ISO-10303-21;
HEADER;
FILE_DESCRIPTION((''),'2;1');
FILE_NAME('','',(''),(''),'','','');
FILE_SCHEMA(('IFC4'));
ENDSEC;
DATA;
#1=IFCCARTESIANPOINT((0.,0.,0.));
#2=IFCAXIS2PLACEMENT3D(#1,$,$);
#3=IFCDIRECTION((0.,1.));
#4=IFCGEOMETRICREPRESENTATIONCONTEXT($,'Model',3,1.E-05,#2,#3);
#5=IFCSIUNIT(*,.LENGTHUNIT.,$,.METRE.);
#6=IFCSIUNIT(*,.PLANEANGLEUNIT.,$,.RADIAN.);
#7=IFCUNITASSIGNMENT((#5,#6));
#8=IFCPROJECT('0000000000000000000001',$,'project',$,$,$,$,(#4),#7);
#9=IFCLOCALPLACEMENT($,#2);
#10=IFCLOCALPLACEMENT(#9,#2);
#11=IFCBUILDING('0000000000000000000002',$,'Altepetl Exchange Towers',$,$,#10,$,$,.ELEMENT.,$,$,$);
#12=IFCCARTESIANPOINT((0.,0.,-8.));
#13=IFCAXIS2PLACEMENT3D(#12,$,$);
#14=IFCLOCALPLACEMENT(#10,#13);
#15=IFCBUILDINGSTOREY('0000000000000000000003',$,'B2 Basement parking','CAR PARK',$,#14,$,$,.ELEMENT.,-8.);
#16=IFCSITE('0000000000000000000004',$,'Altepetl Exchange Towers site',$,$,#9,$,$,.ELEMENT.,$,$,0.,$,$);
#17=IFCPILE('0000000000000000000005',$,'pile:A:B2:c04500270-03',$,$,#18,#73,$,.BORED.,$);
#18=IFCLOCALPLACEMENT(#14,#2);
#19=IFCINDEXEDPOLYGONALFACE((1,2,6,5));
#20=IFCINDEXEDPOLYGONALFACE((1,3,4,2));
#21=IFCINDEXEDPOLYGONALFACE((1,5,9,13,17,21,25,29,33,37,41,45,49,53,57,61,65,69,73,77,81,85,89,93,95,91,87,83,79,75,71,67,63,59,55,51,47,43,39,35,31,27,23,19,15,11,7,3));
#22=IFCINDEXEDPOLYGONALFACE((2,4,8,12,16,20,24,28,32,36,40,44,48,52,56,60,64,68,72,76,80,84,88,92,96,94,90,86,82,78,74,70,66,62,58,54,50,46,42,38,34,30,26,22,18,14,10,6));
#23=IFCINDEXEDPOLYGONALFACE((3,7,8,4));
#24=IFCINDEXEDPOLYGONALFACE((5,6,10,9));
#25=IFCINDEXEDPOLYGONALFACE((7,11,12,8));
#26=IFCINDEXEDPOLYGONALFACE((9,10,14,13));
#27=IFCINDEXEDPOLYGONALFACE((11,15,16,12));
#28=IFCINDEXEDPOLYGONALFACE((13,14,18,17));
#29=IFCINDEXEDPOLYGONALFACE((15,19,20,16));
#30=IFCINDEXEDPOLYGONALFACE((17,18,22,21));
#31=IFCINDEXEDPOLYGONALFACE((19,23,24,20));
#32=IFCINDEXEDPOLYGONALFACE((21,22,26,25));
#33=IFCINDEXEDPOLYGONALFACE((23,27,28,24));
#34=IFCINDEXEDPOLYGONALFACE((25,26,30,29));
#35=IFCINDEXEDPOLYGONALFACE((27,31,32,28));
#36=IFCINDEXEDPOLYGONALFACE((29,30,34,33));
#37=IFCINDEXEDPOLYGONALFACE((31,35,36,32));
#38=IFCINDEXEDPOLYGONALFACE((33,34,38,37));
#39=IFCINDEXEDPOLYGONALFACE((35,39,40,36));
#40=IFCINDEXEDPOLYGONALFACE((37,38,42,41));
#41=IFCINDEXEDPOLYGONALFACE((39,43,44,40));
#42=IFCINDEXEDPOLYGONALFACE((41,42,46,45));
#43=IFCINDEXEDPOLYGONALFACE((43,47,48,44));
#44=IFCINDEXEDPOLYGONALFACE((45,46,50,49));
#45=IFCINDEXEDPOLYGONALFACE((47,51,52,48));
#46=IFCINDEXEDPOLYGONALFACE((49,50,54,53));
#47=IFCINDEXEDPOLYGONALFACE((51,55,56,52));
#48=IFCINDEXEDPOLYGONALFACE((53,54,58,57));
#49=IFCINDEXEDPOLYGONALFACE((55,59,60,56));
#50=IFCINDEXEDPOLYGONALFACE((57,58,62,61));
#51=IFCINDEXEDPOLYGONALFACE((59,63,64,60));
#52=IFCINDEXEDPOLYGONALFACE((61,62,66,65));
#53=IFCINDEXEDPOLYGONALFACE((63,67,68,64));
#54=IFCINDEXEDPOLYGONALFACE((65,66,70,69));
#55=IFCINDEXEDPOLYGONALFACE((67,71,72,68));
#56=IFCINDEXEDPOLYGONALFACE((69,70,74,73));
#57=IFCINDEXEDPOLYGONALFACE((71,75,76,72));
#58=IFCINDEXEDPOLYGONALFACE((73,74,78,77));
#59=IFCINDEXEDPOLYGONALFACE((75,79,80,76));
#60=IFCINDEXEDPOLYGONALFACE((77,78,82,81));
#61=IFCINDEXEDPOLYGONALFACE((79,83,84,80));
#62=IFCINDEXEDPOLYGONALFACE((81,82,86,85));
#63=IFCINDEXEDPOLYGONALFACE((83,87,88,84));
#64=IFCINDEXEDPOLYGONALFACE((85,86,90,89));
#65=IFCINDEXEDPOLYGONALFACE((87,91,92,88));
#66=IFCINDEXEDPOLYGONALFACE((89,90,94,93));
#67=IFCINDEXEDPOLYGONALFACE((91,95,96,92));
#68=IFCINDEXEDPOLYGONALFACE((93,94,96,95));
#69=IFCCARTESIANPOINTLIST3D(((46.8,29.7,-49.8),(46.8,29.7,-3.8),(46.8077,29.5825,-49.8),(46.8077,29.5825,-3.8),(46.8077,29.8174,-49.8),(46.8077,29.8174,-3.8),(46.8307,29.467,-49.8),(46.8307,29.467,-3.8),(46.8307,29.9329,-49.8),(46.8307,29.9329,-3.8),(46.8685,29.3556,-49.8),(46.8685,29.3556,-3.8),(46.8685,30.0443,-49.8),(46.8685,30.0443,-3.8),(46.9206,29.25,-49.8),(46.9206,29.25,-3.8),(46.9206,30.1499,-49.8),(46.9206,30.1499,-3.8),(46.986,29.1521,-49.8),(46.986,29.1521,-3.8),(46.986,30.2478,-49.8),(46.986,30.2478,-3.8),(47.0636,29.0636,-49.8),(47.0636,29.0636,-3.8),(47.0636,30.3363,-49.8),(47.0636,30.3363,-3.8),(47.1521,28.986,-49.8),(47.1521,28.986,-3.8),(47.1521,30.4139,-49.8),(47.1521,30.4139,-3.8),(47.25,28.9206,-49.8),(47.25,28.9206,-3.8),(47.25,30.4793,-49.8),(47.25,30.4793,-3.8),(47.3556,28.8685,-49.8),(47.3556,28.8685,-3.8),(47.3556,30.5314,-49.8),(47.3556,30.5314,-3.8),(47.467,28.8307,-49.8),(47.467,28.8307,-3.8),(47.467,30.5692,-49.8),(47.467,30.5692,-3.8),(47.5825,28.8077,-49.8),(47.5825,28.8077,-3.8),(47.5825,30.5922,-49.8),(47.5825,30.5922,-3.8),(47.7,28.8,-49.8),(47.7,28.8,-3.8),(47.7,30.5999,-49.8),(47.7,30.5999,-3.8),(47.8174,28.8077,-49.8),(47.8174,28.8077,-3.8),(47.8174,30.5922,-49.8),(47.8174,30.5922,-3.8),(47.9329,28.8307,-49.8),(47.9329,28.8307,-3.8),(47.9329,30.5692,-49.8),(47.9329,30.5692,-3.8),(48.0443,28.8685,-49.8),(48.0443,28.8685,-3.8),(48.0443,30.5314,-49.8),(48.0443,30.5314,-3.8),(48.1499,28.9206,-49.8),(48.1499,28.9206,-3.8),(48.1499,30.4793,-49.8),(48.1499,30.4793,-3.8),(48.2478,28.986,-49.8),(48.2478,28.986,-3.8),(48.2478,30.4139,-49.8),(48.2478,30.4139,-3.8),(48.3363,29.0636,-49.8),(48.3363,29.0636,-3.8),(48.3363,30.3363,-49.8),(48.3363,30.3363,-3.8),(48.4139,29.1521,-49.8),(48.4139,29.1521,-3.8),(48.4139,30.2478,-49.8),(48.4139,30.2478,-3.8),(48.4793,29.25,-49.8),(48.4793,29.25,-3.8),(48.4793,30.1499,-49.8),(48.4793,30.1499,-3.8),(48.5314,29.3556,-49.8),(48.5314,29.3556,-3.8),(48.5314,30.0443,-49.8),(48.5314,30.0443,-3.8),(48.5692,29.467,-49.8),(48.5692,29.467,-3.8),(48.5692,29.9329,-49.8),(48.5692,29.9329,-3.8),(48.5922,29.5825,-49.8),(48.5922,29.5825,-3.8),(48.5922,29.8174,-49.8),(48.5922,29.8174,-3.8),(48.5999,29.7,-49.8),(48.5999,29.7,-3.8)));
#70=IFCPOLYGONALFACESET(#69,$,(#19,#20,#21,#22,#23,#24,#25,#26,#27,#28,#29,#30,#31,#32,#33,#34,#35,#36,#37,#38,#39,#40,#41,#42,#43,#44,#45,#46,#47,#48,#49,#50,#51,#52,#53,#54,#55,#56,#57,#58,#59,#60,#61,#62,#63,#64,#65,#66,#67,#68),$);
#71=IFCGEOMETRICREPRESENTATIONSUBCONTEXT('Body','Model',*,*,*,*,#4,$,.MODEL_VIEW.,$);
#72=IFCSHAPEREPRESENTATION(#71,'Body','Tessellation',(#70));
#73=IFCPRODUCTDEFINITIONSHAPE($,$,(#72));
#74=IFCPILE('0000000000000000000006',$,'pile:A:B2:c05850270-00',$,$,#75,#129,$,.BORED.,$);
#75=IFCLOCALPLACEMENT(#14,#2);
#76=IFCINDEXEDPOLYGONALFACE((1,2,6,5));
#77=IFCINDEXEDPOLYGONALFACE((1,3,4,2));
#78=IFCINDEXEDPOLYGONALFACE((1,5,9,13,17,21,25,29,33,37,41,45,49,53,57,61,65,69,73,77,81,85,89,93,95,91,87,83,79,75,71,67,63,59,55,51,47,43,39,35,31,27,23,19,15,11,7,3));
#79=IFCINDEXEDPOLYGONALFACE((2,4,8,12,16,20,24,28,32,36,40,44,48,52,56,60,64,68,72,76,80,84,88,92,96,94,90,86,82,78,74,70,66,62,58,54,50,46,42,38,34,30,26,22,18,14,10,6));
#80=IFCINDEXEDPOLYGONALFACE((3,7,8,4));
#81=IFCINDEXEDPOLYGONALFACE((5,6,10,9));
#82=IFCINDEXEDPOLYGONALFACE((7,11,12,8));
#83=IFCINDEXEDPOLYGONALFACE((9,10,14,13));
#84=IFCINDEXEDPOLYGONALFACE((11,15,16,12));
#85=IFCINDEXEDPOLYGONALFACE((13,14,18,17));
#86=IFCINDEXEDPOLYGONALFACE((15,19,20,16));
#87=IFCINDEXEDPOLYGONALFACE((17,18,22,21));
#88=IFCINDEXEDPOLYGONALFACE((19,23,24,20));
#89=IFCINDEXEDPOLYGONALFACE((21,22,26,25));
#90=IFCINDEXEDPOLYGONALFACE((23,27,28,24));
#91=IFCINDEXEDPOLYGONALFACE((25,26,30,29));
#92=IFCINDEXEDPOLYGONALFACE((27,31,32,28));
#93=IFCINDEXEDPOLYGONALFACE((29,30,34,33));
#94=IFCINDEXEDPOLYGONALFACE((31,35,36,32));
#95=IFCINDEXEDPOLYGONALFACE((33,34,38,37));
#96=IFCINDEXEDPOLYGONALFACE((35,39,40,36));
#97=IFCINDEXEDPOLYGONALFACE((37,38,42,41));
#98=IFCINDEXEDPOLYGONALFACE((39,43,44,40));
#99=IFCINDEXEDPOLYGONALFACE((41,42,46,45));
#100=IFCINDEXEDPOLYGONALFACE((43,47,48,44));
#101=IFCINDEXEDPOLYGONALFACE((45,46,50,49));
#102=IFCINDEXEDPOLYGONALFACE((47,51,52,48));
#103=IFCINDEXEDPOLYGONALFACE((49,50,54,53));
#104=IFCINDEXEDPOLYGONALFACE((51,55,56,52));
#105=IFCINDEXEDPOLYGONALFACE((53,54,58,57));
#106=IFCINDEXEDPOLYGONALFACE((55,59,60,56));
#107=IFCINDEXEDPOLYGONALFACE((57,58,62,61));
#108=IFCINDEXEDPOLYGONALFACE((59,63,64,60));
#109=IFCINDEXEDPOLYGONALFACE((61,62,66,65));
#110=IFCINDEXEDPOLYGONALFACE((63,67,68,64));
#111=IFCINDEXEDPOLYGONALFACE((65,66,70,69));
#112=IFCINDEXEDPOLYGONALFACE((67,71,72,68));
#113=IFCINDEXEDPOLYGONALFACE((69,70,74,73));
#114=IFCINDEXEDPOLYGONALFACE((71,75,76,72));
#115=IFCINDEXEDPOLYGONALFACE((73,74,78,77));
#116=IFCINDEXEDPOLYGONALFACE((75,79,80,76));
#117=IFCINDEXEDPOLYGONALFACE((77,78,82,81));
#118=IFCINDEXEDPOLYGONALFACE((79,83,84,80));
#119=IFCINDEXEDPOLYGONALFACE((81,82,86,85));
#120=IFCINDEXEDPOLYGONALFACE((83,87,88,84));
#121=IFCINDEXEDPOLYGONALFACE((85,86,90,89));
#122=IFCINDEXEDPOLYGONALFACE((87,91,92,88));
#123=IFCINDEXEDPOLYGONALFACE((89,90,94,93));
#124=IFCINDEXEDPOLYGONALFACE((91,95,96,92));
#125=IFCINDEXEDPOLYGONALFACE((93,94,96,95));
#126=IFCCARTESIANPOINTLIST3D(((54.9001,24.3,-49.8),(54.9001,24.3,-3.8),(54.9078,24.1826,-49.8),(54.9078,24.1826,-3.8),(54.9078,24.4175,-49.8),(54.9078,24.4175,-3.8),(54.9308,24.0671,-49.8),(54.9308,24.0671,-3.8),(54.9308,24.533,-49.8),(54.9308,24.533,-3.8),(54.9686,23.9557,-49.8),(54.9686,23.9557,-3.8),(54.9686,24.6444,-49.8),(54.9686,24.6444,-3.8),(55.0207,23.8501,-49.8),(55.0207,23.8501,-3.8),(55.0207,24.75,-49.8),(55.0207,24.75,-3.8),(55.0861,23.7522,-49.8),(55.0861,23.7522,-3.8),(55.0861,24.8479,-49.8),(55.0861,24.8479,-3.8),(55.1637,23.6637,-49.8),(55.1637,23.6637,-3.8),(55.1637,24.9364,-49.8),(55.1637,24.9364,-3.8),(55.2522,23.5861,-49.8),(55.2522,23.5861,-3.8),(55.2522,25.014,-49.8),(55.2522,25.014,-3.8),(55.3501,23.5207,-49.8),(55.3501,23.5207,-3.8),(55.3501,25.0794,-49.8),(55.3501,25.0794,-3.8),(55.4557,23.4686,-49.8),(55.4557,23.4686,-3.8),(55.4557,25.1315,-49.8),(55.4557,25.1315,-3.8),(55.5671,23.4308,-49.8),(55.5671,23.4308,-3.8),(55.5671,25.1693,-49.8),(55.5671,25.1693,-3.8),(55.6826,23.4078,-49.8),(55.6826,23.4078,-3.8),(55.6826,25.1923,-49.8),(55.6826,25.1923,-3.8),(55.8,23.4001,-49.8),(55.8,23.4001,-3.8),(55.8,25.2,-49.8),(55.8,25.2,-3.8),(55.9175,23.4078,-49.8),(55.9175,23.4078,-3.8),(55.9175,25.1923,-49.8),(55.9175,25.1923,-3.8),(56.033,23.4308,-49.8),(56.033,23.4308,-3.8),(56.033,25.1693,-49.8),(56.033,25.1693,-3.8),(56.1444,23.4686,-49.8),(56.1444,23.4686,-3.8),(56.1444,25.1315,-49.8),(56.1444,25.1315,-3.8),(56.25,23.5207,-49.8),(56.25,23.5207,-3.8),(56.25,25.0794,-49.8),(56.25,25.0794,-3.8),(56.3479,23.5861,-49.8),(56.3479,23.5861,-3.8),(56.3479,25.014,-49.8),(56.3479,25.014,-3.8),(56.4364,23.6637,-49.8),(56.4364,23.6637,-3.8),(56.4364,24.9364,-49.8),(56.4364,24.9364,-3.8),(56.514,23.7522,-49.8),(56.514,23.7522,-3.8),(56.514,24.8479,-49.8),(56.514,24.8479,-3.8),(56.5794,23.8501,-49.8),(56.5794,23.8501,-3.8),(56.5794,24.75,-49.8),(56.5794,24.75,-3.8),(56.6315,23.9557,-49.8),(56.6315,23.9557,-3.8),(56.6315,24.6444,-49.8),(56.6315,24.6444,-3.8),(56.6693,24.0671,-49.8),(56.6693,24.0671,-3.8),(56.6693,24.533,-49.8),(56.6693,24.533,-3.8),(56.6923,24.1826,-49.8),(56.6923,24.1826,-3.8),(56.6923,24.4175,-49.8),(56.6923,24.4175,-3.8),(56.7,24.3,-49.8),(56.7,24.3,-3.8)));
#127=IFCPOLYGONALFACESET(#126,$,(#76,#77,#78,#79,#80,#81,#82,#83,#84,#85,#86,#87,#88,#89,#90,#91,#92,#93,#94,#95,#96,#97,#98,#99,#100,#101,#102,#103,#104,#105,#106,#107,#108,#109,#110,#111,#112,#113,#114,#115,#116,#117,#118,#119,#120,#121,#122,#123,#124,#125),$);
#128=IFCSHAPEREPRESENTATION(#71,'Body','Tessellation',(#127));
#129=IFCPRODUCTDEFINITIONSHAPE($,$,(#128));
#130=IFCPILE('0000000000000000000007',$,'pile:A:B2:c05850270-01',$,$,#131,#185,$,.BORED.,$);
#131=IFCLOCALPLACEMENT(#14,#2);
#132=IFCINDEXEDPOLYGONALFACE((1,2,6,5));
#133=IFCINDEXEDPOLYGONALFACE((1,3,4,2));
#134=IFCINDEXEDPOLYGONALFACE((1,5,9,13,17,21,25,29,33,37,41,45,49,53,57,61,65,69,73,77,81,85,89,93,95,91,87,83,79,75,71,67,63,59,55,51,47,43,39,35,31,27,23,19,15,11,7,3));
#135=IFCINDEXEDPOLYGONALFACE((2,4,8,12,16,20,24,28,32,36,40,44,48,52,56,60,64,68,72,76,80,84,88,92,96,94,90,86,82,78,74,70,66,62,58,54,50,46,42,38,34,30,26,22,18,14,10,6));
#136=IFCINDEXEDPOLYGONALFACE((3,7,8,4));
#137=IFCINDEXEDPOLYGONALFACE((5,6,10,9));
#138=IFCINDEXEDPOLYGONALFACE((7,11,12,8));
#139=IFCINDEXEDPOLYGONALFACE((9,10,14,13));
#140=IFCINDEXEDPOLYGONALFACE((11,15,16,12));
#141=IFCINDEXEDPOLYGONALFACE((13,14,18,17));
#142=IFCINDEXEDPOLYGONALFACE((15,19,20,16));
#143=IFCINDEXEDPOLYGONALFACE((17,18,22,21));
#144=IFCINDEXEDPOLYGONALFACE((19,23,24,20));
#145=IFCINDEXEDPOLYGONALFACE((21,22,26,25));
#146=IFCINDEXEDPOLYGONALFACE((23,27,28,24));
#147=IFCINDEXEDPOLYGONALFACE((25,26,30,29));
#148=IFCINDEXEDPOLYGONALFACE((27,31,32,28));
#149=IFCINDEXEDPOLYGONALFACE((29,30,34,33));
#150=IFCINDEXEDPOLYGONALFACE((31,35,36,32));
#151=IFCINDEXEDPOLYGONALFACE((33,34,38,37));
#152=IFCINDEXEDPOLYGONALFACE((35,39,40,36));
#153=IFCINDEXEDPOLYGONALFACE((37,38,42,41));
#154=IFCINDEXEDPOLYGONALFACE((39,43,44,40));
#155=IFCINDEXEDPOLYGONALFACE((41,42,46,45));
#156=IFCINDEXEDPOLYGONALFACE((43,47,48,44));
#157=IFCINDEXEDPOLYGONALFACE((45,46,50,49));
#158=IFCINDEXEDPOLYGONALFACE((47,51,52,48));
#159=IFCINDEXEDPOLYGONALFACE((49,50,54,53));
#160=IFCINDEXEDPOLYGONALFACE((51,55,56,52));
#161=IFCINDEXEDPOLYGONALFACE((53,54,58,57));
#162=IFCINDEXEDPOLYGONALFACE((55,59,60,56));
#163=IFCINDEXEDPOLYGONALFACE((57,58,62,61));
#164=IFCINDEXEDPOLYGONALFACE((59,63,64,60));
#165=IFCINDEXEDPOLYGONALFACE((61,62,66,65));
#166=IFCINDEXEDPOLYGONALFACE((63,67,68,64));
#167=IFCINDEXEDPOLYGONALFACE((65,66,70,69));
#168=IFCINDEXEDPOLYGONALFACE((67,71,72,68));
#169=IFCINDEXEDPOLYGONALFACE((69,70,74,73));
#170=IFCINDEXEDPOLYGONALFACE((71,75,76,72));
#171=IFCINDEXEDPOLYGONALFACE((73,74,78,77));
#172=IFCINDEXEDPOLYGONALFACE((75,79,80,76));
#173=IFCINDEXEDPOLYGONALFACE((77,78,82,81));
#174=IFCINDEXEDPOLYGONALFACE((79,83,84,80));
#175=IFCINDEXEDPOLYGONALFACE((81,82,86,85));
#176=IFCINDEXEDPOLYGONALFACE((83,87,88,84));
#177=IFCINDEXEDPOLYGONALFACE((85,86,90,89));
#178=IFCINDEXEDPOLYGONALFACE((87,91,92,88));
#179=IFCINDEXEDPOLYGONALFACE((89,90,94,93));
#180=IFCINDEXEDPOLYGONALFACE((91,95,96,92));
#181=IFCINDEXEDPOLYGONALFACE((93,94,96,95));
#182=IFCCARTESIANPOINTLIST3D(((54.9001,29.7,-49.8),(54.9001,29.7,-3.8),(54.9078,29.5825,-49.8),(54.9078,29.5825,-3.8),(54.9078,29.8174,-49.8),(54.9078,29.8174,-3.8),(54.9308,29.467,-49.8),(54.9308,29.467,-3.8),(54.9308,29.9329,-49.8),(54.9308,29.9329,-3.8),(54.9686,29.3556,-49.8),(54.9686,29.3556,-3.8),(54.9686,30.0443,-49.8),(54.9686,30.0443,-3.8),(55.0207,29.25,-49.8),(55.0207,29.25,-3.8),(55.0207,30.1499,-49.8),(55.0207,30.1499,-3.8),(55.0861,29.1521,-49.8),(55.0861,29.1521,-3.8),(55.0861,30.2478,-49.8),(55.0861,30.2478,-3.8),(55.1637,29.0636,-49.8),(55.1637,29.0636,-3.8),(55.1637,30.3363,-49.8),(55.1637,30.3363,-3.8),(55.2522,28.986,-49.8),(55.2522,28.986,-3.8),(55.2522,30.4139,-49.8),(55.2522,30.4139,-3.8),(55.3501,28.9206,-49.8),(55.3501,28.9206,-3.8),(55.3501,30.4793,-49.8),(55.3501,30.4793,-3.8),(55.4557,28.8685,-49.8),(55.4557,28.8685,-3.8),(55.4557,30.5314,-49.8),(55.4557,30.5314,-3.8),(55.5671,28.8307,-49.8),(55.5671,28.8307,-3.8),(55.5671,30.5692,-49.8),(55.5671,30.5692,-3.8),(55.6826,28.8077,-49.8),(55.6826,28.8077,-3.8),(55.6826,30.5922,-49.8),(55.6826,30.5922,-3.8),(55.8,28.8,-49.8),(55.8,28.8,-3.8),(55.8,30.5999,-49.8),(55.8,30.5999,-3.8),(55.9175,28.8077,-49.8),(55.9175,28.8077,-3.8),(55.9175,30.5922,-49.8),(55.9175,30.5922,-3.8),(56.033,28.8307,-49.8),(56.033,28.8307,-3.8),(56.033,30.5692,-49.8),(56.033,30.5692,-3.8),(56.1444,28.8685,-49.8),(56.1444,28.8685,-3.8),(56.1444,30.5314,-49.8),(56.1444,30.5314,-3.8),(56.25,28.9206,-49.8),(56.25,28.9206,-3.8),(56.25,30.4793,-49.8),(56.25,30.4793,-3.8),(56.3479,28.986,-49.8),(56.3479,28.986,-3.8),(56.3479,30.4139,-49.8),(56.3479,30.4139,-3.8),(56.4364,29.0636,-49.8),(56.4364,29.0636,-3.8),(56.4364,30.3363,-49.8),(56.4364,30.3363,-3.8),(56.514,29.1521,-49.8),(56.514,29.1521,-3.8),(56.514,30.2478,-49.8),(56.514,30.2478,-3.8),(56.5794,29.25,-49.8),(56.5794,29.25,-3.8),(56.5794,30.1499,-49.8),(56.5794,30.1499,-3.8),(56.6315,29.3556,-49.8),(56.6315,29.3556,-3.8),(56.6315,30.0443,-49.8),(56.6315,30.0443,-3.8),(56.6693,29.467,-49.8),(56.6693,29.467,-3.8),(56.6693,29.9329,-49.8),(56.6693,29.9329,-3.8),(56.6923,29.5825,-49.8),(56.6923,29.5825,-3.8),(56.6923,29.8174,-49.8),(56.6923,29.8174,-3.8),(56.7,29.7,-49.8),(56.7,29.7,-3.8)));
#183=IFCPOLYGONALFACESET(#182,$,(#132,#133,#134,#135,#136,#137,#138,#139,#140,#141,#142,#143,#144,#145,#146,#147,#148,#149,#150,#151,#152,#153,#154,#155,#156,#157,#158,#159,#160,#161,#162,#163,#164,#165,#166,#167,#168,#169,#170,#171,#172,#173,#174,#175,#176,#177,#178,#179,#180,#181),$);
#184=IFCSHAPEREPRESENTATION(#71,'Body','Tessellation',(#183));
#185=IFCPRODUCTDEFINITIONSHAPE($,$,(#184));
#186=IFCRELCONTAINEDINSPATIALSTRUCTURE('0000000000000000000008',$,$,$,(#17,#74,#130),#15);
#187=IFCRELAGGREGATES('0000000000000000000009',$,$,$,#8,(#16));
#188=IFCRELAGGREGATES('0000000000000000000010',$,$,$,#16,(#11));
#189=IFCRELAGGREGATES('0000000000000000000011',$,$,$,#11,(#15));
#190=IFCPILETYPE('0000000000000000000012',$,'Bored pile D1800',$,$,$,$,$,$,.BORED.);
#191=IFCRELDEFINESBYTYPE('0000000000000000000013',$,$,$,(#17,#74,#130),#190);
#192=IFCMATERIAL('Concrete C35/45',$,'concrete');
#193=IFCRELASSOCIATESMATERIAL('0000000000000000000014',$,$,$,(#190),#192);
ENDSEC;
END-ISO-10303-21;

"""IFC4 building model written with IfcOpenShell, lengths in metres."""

from ifc_helpers import new_model, si_unit, direction, frame, origin, origin_2d, place, context, subcontext, project, spatial, circle, extrude, material, material_profile, profile_set, type_object, element, save


model = new_model("IFC4")

# Units and contexts
model_context = context("Model", 3, precision=1e-05, world=origin(), true_north=direction((0.0, 1.0)))
body_context = subcontext(model_context, "Body", "Model", "MODEL_VIEW")
ifc_project = project(units=[si_unit("LENGTHUNIT", "METRE"), si_unit("PLANEANGLEUNIT", "RADIAN")], contexts=[model_context])

# Site, building, storey
site_placement = place(None, origin())
site = spatial("IfcSite", under=ifc_project, at=site_placement, Name="Altepetl Exchange Towers site", CompositionType="ELEMENT", RefElevation=0.0)
building_placement = place(site_placement, origin())
building = spatial("IfcBuilding", under=site, at=building_placement, Name="Altepetl Exchange Towers", CompositionType="ELEMENT")
storey_placement = place(building_placement, frame((0.0, 0.0, -8.0)))
storey = spatial("IfcBuildingStorey", under=building, at=storey_placement, Name="B2 Basement parking", Description="CAR PARK", CompositionType="ELEMENT", Elevation=-8.0)

# Piles
ifc_material_1 = material(Name="Concrete C35/45", Category="concrete")
ifc_material_profile_1 = material_profile(ifc_material_1, circle(Radius=0.8999, at=origin_2d()), Name="D1800")
ifc_profile_set_1 = profile_set([ifc_material_profile_1], Name="Concrete C35/45")
pile_type_1 = type_object("IfcPileType", Name="Bored pile D1800", PredefinedType="BORED", material=ifc_profile_set_1)
for number, where, z_axis, x_axis, name in (
    (1, (47.7, 29.7, -3.8), (0.0, 0.0, -1.0), (1.0, 0.0, 0.0), "pile:A:B2:c04500270-03"),
    (2, (55.8, 24.3, -3.8), (0.0, 0.0, -1.0), (1.0, 0.0, 0.0), "pile:A:B2:c05850270-00"),
    (3, (55.8, 29.7, -3.8), (0.0, 0.0, -1.0), (1.0, 0.0, 0.0), "pile:A:B2:c05850270-01"),
):
    element("IfcPile", number, at=place(storey_placement, frame(where, z_axis=z_axis, x_axis=x_axis)), inside=storey, type_object=pile_type_1, Name=name, PredefinedType="BORED", context=body_context, shape_type="SweptSolid", body=[
        extrude(circle(Radius=0.8999, at=origin_2d()), origin(), (0.0, 0.0, 1.0), 46.0),
    ])

save(model, "model.ifc")
